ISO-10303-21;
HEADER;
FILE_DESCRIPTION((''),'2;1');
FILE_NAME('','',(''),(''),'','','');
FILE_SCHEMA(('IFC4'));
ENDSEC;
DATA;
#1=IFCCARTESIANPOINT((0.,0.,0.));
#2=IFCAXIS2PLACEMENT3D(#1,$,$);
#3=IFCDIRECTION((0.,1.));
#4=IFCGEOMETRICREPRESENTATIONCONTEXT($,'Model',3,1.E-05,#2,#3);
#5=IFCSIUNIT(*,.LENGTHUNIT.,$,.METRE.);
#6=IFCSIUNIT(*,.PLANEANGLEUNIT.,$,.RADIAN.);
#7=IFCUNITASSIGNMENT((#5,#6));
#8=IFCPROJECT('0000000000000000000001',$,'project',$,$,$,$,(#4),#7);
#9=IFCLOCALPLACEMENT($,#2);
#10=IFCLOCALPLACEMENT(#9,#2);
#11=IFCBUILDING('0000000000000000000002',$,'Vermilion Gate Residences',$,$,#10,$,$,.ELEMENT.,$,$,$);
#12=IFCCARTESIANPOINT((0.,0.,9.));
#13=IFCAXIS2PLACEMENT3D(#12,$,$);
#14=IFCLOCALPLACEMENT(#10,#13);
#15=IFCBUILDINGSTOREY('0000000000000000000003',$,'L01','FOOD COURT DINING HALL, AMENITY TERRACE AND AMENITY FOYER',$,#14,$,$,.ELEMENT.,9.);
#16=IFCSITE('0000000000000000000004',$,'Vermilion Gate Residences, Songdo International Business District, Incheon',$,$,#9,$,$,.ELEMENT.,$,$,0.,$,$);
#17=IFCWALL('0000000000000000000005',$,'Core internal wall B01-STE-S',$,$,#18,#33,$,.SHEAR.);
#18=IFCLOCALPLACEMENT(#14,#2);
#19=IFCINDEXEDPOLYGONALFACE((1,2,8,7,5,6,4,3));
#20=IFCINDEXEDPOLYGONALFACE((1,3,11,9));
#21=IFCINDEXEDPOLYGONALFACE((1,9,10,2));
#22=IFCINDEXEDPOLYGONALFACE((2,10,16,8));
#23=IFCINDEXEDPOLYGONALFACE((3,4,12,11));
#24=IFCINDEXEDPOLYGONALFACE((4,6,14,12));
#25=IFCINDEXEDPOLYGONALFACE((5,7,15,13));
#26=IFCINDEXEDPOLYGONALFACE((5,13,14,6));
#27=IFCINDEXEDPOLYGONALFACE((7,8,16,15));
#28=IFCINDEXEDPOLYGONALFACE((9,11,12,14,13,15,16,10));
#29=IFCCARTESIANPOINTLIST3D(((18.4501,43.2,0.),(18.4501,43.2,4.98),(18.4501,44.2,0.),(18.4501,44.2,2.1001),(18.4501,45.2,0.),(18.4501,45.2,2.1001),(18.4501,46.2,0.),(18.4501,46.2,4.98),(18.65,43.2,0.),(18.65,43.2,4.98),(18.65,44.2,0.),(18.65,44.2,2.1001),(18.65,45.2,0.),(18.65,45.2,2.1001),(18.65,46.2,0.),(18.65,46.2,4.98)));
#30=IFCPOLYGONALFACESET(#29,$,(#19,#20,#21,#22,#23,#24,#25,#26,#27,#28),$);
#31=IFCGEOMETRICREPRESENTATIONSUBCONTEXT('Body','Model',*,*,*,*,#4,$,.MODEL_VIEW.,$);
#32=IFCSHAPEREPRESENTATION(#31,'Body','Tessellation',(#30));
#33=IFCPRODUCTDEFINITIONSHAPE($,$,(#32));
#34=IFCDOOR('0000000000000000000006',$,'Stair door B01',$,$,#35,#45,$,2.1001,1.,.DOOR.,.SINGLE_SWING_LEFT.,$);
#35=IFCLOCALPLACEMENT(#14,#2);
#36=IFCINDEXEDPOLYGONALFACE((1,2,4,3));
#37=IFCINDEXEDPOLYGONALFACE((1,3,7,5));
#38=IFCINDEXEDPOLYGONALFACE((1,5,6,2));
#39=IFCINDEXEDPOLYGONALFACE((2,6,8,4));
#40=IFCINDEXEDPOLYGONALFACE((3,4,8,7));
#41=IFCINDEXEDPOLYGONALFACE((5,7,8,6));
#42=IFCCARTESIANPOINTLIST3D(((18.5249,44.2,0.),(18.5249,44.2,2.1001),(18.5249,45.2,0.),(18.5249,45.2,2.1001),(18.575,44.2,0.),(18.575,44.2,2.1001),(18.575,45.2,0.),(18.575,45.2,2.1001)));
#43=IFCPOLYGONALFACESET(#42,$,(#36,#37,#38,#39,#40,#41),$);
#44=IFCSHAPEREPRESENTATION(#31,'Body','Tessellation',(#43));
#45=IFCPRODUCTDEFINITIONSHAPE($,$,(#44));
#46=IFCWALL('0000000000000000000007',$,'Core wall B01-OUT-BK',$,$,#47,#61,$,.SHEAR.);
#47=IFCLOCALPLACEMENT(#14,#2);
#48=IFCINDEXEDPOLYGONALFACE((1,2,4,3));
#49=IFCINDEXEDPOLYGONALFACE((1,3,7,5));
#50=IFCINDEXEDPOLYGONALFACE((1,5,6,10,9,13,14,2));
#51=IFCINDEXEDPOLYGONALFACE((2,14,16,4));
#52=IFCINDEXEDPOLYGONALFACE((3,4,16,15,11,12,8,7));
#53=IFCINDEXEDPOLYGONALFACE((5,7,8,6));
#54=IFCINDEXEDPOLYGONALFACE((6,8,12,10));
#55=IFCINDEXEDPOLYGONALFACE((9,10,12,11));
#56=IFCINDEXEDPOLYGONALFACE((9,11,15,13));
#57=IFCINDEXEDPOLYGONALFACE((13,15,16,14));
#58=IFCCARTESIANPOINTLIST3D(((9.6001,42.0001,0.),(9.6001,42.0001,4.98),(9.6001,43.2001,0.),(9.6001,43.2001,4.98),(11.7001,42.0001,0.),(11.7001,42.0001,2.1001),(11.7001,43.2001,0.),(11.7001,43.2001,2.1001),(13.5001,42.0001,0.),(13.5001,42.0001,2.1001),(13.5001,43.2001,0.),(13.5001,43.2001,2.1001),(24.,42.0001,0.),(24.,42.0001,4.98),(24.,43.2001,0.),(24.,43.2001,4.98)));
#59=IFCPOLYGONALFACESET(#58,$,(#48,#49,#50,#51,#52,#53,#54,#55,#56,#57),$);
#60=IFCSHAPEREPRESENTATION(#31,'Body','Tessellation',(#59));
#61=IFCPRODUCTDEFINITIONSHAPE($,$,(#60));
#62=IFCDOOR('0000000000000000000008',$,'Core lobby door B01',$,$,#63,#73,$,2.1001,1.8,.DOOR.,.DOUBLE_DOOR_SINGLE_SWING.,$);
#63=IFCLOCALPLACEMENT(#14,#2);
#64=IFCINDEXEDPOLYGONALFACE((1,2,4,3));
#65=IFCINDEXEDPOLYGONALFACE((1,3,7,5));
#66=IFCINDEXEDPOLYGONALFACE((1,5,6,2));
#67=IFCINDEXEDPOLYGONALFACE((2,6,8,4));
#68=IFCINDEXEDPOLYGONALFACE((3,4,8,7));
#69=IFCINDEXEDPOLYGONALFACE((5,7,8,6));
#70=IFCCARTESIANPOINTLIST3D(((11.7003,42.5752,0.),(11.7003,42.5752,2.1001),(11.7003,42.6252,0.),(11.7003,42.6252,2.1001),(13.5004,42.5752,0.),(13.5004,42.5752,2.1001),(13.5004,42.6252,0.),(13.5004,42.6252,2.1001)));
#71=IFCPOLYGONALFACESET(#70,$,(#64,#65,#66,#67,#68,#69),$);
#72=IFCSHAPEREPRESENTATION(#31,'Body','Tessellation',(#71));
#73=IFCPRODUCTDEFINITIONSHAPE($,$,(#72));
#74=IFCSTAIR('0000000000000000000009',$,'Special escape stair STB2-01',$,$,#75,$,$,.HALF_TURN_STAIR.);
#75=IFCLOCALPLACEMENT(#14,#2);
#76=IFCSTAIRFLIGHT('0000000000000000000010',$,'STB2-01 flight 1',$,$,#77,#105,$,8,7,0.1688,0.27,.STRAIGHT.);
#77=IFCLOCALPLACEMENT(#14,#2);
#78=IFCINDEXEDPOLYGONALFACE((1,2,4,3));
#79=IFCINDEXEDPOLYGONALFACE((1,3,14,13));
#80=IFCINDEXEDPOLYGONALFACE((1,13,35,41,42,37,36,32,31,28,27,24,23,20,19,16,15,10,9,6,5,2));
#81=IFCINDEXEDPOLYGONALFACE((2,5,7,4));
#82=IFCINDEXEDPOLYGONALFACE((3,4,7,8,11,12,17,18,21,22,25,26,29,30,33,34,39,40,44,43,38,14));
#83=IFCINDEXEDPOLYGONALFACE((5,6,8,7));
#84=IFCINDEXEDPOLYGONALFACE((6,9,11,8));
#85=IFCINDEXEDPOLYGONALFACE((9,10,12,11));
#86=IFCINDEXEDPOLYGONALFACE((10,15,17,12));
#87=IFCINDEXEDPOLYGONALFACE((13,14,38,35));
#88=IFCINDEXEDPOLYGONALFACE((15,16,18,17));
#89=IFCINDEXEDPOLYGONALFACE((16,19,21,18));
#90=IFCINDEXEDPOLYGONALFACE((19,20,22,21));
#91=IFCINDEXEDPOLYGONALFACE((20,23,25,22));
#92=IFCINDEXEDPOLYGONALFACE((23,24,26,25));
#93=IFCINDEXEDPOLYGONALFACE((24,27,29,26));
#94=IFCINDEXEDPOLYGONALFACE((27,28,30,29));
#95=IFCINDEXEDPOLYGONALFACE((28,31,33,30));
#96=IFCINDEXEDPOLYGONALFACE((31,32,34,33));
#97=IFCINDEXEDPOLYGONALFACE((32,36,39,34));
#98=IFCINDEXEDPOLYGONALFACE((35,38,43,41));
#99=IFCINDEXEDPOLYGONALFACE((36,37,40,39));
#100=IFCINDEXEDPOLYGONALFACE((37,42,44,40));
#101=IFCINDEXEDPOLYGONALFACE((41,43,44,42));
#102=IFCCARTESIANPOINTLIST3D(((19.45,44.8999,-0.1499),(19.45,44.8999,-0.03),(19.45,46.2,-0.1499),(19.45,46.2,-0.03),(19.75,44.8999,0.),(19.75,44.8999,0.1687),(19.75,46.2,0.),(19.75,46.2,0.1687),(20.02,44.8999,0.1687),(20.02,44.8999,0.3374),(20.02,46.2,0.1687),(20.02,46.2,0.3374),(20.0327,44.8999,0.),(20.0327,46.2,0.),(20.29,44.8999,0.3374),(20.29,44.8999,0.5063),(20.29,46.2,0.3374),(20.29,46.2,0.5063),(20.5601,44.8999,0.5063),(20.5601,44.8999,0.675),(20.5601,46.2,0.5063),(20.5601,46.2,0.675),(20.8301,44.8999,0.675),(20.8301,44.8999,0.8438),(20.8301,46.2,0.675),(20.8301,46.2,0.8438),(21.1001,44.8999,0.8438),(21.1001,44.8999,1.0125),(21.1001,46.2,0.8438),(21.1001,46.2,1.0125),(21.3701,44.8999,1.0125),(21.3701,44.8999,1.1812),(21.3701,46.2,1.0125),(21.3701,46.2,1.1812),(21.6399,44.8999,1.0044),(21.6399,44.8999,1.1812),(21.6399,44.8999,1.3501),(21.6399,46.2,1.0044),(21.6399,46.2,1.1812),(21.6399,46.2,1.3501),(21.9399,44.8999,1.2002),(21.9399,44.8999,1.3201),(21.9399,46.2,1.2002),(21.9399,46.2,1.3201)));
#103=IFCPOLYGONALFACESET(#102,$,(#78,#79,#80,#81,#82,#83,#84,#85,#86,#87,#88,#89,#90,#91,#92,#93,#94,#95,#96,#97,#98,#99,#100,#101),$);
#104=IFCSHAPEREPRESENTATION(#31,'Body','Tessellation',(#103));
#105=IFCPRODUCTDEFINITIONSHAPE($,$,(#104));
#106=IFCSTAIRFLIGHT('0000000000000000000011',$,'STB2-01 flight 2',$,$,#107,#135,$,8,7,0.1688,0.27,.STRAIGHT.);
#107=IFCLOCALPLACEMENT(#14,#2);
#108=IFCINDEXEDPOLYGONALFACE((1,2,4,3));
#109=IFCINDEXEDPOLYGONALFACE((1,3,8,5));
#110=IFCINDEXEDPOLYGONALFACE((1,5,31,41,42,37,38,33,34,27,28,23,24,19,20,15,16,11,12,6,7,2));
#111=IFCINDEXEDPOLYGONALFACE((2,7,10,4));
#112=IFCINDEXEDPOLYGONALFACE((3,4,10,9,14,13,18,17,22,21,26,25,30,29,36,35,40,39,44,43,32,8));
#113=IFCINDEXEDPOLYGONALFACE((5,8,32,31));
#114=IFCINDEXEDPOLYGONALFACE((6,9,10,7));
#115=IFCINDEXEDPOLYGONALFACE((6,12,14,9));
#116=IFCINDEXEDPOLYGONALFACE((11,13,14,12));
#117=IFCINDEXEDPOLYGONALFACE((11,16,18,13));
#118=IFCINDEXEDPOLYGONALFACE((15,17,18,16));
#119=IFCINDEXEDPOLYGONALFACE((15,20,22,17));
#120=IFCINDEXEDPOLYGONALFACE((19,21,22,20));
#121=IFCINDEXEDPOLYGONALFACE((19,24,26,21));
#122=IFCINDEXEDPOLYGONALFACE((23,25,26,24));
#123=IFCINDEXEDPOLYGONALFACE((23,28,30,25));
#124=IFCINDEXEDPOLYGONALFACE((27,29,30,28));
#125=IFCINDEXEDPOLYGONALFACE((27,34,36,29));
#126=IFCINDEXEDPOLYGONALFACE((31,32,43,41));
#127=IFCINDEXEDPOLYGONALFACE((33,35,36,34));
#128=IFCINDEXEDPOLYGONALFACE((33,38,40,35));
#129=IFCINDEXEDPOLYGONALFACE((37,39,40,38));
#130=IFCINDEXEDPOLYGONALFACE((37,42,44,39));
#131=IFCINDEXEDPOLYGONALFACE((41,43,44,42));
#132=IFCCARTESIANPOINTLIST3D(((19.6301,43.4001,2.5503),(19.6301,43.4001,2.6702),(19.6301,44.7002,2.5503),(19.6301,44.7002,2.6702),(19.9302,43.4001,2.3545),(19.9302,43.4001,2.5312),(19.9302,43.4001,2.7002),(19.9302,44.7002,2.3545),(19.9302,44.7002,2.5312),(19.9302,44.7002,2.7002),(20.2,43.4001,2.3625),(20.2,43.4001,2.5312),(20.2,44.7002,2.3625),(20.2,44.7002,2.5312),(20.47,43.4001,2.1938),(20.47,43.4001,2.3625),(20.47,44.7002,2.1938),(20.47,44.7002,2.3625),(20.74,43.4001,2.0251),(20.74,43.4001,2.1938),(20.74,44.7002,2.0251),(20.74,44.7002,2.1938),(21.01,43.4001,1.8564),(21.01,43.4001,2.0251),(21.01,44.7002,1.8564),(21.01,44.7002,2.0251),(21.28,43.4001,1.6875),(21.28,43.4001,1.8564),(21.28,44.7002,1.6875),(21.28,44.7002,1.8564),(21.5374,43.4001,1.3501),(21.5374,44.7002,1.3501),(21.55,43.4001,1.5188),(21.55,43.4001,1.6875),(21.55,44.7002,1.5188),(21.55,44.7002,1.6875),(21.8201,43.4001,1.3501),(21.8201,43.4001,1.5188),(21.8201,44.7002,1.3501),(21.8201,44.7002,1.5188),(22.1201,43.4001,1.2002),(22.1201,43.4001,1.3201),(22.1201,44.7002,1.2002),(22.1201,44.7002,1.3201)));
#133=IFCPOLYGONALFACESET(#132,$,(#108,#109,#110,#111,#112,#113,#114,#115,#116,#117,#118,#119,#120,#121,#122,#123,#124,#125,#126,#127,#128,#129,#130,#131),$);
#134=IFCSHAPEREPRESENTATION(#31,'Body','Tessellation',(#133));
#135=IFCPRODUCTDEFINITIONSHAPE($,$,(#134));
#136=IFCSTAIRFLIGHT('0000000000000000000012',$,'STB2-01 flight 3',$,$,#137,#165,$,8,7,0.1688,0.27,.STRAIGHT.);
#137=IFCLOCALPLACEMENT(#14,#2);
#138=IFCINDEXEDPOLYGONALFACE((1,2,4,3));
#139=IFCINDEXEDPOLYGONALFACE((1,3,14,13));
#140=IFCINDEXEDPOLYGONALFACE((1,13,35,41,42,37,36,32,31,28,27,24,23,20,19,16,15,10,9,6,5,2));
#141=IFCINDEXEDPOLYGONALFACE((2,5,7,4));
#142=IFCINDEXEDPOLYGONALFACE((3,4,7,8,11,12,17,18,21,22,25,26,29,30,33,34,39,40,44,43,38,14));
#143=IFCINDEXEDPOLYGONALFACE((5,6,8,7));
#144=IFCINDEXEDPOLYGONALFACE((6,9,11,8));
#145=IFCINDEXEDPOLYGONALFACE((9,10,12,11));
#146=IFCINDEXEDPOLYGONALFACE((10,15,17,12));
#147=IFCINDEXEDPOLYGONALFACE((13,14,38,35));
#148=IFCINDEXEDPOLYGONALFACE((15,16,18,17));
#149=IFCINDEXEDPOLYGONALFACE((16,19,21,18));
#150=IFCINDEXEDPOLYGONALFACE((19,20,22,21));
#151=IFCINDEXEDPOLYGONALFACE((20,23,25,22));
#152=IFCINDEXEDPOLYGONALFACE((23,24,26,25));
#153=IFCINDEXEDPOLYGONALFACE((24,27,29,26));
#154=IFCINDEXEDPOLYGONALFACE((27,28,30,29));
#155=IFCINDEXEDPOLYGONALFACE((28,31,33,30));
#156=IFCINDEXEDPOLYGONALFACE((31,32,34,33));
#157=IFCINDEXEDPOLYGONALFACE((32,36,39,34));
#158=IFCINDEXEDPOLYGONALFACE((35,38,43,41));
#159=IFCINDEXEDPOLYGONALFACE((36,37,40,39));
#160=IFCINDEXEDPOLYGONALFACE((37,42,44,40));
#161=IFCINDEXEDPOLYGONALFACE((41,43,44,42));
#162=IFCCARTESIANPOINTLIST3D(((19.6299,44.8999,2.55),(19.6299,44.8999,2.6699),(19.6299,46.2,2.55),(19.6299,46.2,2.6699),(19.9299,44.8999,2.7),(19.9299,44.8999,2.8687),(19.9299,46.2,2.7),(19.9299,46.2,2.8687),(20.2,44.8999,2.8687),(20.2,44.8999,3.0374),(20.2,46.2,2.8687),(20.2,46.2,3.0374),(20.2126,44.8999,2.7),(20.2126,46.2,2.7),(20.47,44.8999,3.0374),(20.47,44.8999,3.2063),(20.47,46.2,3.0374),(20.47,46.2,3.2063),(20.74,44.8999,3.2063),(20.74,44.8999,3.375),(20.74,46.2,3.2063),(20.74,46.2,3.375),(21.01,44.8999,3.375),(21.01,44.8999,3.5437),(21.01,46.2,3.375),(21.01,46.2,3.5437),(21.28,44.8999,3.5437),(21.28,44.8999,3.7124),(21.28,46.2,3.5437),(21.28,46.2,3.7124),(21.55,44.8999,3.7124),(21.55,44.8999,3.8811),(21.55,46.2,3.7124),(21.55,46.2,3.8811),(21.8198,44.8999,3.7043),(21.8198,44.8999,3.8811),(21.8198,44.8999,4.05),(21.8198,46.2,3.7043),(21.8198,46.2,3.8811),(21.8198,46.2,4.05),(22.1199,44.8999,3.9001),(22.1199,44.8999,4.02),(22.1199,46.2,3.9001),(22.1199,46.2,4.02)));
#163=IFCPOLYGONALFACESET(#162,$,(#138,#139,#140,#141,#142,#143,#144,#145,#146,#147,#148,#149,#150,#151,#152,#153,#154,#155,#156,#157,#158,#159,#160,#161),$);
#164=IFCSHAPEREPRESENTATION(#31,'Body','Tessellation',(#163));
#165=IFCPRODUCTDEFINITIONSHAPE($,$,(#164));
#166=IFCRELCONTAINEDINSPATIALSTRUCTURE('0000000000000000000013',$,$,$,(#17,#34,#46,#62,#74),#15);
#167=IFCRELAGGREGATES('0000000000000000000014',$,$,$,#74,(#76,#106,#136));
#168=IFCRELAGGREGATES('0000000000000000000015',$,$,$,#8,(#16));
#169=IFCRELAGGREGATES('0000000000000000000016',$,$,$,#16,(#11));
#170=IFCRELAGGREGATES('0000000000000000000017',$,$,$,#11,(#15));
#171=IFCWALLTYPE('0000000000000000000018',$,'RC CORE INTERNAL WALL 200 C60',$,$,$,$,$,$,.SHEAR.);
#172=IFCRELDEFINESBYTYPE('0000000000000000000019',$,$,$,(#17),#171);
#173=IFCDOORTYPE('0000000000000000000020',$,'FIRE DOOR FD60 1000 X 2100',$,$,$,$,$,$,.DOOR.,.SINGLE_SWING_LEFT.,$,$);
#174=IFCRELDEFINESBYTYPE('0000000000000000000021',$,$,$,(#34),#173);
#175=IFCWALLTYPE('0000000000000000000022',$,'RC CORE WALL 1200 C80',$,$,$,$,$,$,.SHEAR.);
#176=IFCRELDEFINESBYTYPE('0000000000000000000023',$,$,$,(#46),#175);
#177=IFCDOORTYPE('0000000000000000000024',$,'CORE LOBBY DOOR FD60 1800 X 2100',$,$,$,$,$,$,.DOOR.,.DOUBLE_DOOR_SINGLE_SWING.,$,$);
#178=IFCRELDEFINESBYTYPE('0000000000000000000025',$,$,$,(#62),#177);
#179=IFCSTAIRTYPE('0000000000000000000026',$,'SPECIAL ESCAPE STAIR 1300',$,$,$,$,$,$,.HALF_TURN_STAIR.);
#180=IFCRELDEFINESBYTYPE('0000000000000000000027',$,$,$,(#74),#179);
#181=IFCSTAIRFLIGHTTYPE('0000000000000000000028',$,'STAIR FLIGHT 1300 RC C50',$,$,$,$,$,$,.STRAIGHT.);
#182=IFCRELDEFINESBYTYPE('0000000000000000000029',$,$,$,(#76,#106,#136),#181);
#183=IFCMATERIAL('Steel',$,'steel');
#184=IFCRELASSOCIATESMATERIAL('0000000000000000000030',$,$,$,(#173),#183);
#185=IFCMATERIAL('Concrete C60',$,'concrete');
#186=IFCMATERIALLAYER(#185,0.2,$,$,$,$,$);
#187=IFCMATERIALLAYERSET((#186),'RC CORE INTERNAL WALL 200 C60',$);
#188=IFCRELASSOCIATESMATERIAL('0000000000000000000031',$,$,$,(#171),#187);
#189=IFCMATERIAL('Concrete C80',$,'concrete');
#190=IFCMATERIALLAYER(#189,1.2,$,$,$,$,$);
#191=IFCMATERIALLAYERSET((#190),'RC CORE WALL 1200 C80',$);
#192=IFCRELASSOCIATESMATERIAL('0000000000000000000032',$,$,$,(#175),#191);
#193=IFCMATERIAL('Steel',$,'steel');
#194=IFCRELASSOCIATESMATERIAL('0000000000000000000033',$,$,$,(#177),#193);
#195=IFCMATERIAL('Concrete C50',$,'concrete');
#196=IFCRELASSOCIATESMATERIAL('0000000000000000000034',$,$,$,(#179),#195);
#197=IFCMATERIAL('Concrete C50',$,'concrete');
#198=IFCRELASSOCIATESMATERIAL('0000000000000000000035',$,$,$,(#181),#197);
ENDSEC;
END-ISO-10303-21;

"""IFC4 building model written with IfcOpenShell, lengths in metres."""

from ifc_helpers import new_model, si_unit, direction, frame, frame_2d, origin, place, context, subcontext, project, spatial, polyline, rectangle, outline, extrude, material, layer, layer_set, type_object, element, fill, aggregate, save


model = new_model("IFC4")

# Units and contexts
model_context = context("Model", 3, precision=1e-05, world=origin(), true_north=direction((0.0, 1.0)))
body_context = subcontext(model_context, "Body", "Model", "MODEL_VIEW")
ifc_project = project(units=[si_unit("LENGTHUNIT", "METRE"), si_unit("PLANEANGLEUNIT", "RADIAN")], contexts=[model_context])

# Site, building, storey
site_placement = place(None, origin())
site = spatial("IfcSite", under=ifc_project, at=site_placement, Name="Vermilion Gate Residences, Songdo International Business District, Incheon", CompositionType="ELEMENT", RefElevation=0.0)
building_placement = place(site_placement, origin())
building = spatial("IfcBuilding", under=site, at=building_placement, Name="Vermilion Gate Residences", CompositionType="ELEMENT")
storey_placement = place(building_placement, frame((0.0, 0.0, 9.0)))
storey = spatial("IfcBuildingStorey", under=building, at=storey_placement, Name="L01", Description="FOOD COURT DINING HALL, AMENITY TERRACE AND AMENITY FOYER", CompositionType="ELEMENT", Elevation=9.0)

# Shared definitions
ifc_material_1 = material(Name="Steel", Category="steel")
door_type_1 = type_object("IfcDoorType", Name="FIRE DOOR FD60 1000 X 2100", OperationType="SINGLE_SWING_LEFT", PredefinedType="DOOR", material=ifc_material_1)

# Shared definitions
ifc_material_2 = material(Name="Concrete C60", Category="concrete")
ifc_layer_1 = layer(ifc_material_2, 0.2)
ifc_layer_set_1 = layer_set([ifc_layer_1], Name="RC CORE INTERNAL WALL 200 C60")
wall_type_1 = type_object("IfcWallType", Name="RC CORE INTERNAL WALL 200 C60", PredefinedType="SHEAR", material=ifc_layer_set_1)

# Walls, openings, doors
wall_1_placement = place(storey_placement, frame((18.55, 46.2, 0.0), z_axis=(0.0, 0.0, 1.0), x_axis=(0.0, -1.0, 0.0)))
wall_1 = element("IfcWall", 1, at=wall_1_placement, inside=storey, type_object=wall_type_1, Name="Core internal wall B01-STE-S", PredefinedType="SHEAR", context=body_context, shape_type="SweptSolid", body=[
    extrude(rectangle(XDim=3.0, YDim=0.2, at=frame_2d((1.5, 0.0))), origin(), (0.0, 0.0, 1.0), 4.98),
])
opening_1_placement = place(wall_1_placement, frame((1.0, 0.0, 0.0)))
opening_1 = element("IfcOpeningElement", 2, at=opening_1_placement, cuts=wall_1, PredefinedType="OPENING", context=body_context, shape_type="SweptSolid", body=[
    extrude(rectangle(XDim=1.0, YDim=2.1001, at=frame_2d((0.5, 1.05))), frame((0.0, 0.1099, 0.0), z_axis=(0.0, -1.0, 0.0), x_axis=(1.0, 0.0, 0.0)), (0.0, 0.0, 1.0), 0.22),
])
door_1_placement = place(opening_1_placement, origin())
door_1 = element("IfcDoor", 3, at=door_1_placement, inside=storey, type_object=door_type_1, Name="Stair door B01", OperationType="SINGLE_SWING_LEFT", OverallHeight=2.1001, OverallWidth=1.0, PredefinedType="DOOR", context=body_context, shape_type="SweptSolid", body=[
    extrude(rectangle(XDim=1.0, YDim=2.1001, at=frame_2d((0.5, 1.05))), frame((0.0, 0.0249, 0.0), z_axis=(0.0, -1.0, 0.0), x_axis=(1.0, 0.0, 0.0)), (0.0, 0.0, 1.0), 0.05),
])
fill(opening_1, door_1)
ifc_material_3 = material(Name="Concrete C80", Category="concrete")
ifc_layer_2 = layer(ifc_material_3, 1.2)
ifc_layer_set_2 = layer_set([ifc_layer_2], Name="RC CORE WALL 1200 C80")
wall_type_2 = type_object("IfcWallType", Name="RC CORE WALL 1200 C80", PredefinedType="SHEAR", material=ifc_layer_set_2)
wall_2_placement = place(storey_placement, frame((9.6001, 42.6001, 0.0), z_axis=(0.0, 0.0, 1.0), x_axis=(1.0, 0.0, 0.0)))
wall_2 = element("IfcWall", 4, at=wall_2_placement, inside=storey, type_object=wall_type_2, Name="Core wall B01-OUT-BK", PredefinedType="SHEAR", context=body_context, shape_type="SweptSolid", body=[
    extrude(rectangle(XDim=14.3999, YDim=1.2, at=frame_2d((7.2, 0.0))), origin(), (0.0, 0.0, 1.0), 4.98),
])
opening_2_placement = place(wall_2_placement, frame((2.1001, 0.0, 0.0)))
opening_2 = element("IfcOpeningElement", 5, at=opening_2_placement, cuts=wall_2, PredefinedType="OPENING", context=body_context, shape_type="SweptSolid", body=[
    extrude(rectangle(XDim=1.8, YDim=2.1001, at=frame_2d((0.8999, 1.05))), frame((0.0, 0.6099, 0.0), z_axis=(0.0, -1.0, 0.0), x_axis=(1.0, 0.0, 0.0)), (0.0, 0.0, 1.0), 1.22),
])
ifc_material_4 = material(Name="Steel", Category="steel")
door_type_2 = type_object("IfcDoorType", Name="CORE LOBBY DOOR FD60 1800 X 2100", OperationType="DOUBLE_DOOR_SINGLE_SWING", PredefinedType="DOOR", material=ifc_material_4)
door_2_placement = place(opening_2_placement, frame((1.8, 0.0, 0.0), z_axis=(0.0, 0.0, 1.0), x_axis=(-1.0, 0.0, 0.0)))
door_2 = element("IfcDoor", 6, at=door_2_placement, inside=storey, type_object=door_type_2, Name="Core lobby door B01", OperationType="DOUBLE_DOOR_SINGLE_SWING", OverallHeight=2.1001, OverallWidth=1.8, PredefinedType="DOOR", context=body_context, shape_type="SweptSolid", body=[
    extrude(rectangle(XDim=1.8, YDim=2.1001, at=frame_2d((0.8999, 1.05))), frame((0.0, 0.0249, 0.0), z_axis=(0.0, -1.0, 0.0), x_axis=(1.0, 0.0, 0.0)), (0.0, 0.0, 1.0), 0.05),
])
fill(opening_2, door_2)

# Stair, stair flights
ifc_material_5 = material(Name="Concrete C50", Category="concrete")
stair_type = type_object("IfcStairType", Name="SPECIAL ESCAPE STAIR 1300", PredefinedType="HALF_TURN_STAIR", material=ifc_material_5)
stair_placement = place(storey_placement, origin())
stair = element("IfcStair", 7, at=stair_placement, inside=storey, type_object=stair_type, Name="Special escape stair STB2-01", PredefinedType="HALF_TURN_STAIR")
ifc_material_6 = material(Name="Concrete C50", Category="concrete")
stair_flight_type = type_object("IfcStairFlightType", Name="STAIR FLIGHT 1300 RC C50", PredefinedType="STRAIGHT", material=ifc_material_6)
stair_flight_1_placement = place(storey_placement, frame((19.75, 45.55, 0.0), z_axis=(0.0, 0.0, 1.0), x_axis=(1.0, 0.0, 0.0)))
stair_flight_1 = element("IfcStairFlight", 8, at=stair_flight_1_placement, type_object=stair_flight_type, Name="STB2-01 flight 1", NumberOfRisers=8, NumberOfTreads=7, PredefinedType="STRAIGHT", RiserHeight=0.1688, TreadLength=0.27, context=body_context, shape_type="SweptSolid", body=[
    extrude(outline(polyline([(-0.3, -0.1499), (-0.3, -0.03), (0.0, 0.0), (0.0, 0.1687), (0.27, 0.1687), (0.27, 0.3374), (0.54, 0.3374), (0.54, 0.5063), (0.8101, 0.5063), (0.8101, 0.675), (1.0801, 0.675), (1.0801, 0.8438), (1.3501, 0.8438), (1.3501, 1.0125), (1.6201, 1.0125), (1.6201, 1.1812), (1.8899, 1.1812), (1.8899, 1.3501), (2.1899, 1.3201), (2.1899, 1.2002), (1.8899, 1.0044), (0.2827, 0.0), (-0.3, -0.1499)])), frame((0.0, 0.6499, 0.0), z_axis=(0.0, -1.0, 0.0), x_axis=(1.0, 0.0, 0.0)), (0.0, 0.0, 1.0), 1.3),
])
stair_flight_2_placement = place(storey_placement, frame((21.8201, 44.05, 1.3501), z_axis=(0.0, 0.0, 1.0), x_axis=(-1.0, 0.0, 0.0)))
stair_flight_2 = element("IfcStairFlight", 9, at=stair_flight_2_placement, type_object=stair_flight_type, Name="STB2-01 flight 2", NumberOfRisers=8, NumberOfTreads=7, PredefinedType="STRAIGHT", RiserHeight=0.1688, TreadLength=0.27, context=body_context, shape_type="SweptSolid", body=[
    extrude(outline(polyline([(-0.3, -0.1499), (-0.3, -0.03), (0.0, 0.0), (0.0, 0.1687), (0.27, 0.1687), (0.27, 0.3374), (0.54, 0.3374), (0.54, 0.5063), (0.8101, 0.5063), (0.8101, 0.675), (1.0801, 0.675), (1.0801, 0.8438), (1.3501, 0.8438), (1.3501, 1.0125), (1.6201, 1.0125), (1.6201, 1.1812), (1.8899, 1.1812), (1.8899, 1.3501), (2.1899, 1.3201), (2.1899, 1.2002), (1.8899, 1.0044), (0.2827, 0.0), (-0.3, -0.1499)])), frame((0.0, 0.6499, 0.0), z_axis=(0.0, -1.0, 0.0), x_axis=(1.0, 0.0, 0.0)), (0.0, 0.0, 1.0), 1.3),
])
stair_flight_3_placement = place(storey_placement, frame((19.9299, 45.55, 2.7), z_axis=(0.0, 0.0, 1.0), x_axis=(1.0, 0.0, 0.0)))
stair_flight_3 = element("IfcStairFlight", 10, at=stair_flight_3_placement, type_object=stair_flight_type, Name="STB2-01 flight 3", NumberOfRisers=8, NumberOfTreads=7, PredefinedType="STRAIGHT", RiserHeight=0.1688, TreadLength=0.27, context=body_context, shape_type="SweptSolid", body=[
    extrude(outline(polyline([(-0.3, -0.1499), (-0.3, -0.03), (0.0, 0.0), (0.0, 0.1687), (0.27, 0.1687), (0.27, 0.3374), (0.54, 0.3374), (0.54, 0.5063), (0.8101, 0.5063), (0.8101, 0.675), (1.0801, 0.675), (1.0801, 0.8438), (1.3501, 0.8438), (1.3501, 1.0125), (1.6201, 1.0125), (1.6201, 1.1812), (1.8899, 1.1812), (1.8899, 1.3501), (2.1899, 1.3201), (2.1899, 1.2002), (1.8899, 1.0044), (0.2827, 0.0), (-0.3, -0.1499)])), frame((0.0, 0.6499, 0.0), z_axis=(0.0, -1.0, 0.0), x_axis=(1.0, 0.0, 0.0)), (0.0, 0.0, 1.0), 1.3),
])
aggregate(stair, [stair_flight_1, stair_flight_2, stair_flight_3])

save(model, "model.ifc")
